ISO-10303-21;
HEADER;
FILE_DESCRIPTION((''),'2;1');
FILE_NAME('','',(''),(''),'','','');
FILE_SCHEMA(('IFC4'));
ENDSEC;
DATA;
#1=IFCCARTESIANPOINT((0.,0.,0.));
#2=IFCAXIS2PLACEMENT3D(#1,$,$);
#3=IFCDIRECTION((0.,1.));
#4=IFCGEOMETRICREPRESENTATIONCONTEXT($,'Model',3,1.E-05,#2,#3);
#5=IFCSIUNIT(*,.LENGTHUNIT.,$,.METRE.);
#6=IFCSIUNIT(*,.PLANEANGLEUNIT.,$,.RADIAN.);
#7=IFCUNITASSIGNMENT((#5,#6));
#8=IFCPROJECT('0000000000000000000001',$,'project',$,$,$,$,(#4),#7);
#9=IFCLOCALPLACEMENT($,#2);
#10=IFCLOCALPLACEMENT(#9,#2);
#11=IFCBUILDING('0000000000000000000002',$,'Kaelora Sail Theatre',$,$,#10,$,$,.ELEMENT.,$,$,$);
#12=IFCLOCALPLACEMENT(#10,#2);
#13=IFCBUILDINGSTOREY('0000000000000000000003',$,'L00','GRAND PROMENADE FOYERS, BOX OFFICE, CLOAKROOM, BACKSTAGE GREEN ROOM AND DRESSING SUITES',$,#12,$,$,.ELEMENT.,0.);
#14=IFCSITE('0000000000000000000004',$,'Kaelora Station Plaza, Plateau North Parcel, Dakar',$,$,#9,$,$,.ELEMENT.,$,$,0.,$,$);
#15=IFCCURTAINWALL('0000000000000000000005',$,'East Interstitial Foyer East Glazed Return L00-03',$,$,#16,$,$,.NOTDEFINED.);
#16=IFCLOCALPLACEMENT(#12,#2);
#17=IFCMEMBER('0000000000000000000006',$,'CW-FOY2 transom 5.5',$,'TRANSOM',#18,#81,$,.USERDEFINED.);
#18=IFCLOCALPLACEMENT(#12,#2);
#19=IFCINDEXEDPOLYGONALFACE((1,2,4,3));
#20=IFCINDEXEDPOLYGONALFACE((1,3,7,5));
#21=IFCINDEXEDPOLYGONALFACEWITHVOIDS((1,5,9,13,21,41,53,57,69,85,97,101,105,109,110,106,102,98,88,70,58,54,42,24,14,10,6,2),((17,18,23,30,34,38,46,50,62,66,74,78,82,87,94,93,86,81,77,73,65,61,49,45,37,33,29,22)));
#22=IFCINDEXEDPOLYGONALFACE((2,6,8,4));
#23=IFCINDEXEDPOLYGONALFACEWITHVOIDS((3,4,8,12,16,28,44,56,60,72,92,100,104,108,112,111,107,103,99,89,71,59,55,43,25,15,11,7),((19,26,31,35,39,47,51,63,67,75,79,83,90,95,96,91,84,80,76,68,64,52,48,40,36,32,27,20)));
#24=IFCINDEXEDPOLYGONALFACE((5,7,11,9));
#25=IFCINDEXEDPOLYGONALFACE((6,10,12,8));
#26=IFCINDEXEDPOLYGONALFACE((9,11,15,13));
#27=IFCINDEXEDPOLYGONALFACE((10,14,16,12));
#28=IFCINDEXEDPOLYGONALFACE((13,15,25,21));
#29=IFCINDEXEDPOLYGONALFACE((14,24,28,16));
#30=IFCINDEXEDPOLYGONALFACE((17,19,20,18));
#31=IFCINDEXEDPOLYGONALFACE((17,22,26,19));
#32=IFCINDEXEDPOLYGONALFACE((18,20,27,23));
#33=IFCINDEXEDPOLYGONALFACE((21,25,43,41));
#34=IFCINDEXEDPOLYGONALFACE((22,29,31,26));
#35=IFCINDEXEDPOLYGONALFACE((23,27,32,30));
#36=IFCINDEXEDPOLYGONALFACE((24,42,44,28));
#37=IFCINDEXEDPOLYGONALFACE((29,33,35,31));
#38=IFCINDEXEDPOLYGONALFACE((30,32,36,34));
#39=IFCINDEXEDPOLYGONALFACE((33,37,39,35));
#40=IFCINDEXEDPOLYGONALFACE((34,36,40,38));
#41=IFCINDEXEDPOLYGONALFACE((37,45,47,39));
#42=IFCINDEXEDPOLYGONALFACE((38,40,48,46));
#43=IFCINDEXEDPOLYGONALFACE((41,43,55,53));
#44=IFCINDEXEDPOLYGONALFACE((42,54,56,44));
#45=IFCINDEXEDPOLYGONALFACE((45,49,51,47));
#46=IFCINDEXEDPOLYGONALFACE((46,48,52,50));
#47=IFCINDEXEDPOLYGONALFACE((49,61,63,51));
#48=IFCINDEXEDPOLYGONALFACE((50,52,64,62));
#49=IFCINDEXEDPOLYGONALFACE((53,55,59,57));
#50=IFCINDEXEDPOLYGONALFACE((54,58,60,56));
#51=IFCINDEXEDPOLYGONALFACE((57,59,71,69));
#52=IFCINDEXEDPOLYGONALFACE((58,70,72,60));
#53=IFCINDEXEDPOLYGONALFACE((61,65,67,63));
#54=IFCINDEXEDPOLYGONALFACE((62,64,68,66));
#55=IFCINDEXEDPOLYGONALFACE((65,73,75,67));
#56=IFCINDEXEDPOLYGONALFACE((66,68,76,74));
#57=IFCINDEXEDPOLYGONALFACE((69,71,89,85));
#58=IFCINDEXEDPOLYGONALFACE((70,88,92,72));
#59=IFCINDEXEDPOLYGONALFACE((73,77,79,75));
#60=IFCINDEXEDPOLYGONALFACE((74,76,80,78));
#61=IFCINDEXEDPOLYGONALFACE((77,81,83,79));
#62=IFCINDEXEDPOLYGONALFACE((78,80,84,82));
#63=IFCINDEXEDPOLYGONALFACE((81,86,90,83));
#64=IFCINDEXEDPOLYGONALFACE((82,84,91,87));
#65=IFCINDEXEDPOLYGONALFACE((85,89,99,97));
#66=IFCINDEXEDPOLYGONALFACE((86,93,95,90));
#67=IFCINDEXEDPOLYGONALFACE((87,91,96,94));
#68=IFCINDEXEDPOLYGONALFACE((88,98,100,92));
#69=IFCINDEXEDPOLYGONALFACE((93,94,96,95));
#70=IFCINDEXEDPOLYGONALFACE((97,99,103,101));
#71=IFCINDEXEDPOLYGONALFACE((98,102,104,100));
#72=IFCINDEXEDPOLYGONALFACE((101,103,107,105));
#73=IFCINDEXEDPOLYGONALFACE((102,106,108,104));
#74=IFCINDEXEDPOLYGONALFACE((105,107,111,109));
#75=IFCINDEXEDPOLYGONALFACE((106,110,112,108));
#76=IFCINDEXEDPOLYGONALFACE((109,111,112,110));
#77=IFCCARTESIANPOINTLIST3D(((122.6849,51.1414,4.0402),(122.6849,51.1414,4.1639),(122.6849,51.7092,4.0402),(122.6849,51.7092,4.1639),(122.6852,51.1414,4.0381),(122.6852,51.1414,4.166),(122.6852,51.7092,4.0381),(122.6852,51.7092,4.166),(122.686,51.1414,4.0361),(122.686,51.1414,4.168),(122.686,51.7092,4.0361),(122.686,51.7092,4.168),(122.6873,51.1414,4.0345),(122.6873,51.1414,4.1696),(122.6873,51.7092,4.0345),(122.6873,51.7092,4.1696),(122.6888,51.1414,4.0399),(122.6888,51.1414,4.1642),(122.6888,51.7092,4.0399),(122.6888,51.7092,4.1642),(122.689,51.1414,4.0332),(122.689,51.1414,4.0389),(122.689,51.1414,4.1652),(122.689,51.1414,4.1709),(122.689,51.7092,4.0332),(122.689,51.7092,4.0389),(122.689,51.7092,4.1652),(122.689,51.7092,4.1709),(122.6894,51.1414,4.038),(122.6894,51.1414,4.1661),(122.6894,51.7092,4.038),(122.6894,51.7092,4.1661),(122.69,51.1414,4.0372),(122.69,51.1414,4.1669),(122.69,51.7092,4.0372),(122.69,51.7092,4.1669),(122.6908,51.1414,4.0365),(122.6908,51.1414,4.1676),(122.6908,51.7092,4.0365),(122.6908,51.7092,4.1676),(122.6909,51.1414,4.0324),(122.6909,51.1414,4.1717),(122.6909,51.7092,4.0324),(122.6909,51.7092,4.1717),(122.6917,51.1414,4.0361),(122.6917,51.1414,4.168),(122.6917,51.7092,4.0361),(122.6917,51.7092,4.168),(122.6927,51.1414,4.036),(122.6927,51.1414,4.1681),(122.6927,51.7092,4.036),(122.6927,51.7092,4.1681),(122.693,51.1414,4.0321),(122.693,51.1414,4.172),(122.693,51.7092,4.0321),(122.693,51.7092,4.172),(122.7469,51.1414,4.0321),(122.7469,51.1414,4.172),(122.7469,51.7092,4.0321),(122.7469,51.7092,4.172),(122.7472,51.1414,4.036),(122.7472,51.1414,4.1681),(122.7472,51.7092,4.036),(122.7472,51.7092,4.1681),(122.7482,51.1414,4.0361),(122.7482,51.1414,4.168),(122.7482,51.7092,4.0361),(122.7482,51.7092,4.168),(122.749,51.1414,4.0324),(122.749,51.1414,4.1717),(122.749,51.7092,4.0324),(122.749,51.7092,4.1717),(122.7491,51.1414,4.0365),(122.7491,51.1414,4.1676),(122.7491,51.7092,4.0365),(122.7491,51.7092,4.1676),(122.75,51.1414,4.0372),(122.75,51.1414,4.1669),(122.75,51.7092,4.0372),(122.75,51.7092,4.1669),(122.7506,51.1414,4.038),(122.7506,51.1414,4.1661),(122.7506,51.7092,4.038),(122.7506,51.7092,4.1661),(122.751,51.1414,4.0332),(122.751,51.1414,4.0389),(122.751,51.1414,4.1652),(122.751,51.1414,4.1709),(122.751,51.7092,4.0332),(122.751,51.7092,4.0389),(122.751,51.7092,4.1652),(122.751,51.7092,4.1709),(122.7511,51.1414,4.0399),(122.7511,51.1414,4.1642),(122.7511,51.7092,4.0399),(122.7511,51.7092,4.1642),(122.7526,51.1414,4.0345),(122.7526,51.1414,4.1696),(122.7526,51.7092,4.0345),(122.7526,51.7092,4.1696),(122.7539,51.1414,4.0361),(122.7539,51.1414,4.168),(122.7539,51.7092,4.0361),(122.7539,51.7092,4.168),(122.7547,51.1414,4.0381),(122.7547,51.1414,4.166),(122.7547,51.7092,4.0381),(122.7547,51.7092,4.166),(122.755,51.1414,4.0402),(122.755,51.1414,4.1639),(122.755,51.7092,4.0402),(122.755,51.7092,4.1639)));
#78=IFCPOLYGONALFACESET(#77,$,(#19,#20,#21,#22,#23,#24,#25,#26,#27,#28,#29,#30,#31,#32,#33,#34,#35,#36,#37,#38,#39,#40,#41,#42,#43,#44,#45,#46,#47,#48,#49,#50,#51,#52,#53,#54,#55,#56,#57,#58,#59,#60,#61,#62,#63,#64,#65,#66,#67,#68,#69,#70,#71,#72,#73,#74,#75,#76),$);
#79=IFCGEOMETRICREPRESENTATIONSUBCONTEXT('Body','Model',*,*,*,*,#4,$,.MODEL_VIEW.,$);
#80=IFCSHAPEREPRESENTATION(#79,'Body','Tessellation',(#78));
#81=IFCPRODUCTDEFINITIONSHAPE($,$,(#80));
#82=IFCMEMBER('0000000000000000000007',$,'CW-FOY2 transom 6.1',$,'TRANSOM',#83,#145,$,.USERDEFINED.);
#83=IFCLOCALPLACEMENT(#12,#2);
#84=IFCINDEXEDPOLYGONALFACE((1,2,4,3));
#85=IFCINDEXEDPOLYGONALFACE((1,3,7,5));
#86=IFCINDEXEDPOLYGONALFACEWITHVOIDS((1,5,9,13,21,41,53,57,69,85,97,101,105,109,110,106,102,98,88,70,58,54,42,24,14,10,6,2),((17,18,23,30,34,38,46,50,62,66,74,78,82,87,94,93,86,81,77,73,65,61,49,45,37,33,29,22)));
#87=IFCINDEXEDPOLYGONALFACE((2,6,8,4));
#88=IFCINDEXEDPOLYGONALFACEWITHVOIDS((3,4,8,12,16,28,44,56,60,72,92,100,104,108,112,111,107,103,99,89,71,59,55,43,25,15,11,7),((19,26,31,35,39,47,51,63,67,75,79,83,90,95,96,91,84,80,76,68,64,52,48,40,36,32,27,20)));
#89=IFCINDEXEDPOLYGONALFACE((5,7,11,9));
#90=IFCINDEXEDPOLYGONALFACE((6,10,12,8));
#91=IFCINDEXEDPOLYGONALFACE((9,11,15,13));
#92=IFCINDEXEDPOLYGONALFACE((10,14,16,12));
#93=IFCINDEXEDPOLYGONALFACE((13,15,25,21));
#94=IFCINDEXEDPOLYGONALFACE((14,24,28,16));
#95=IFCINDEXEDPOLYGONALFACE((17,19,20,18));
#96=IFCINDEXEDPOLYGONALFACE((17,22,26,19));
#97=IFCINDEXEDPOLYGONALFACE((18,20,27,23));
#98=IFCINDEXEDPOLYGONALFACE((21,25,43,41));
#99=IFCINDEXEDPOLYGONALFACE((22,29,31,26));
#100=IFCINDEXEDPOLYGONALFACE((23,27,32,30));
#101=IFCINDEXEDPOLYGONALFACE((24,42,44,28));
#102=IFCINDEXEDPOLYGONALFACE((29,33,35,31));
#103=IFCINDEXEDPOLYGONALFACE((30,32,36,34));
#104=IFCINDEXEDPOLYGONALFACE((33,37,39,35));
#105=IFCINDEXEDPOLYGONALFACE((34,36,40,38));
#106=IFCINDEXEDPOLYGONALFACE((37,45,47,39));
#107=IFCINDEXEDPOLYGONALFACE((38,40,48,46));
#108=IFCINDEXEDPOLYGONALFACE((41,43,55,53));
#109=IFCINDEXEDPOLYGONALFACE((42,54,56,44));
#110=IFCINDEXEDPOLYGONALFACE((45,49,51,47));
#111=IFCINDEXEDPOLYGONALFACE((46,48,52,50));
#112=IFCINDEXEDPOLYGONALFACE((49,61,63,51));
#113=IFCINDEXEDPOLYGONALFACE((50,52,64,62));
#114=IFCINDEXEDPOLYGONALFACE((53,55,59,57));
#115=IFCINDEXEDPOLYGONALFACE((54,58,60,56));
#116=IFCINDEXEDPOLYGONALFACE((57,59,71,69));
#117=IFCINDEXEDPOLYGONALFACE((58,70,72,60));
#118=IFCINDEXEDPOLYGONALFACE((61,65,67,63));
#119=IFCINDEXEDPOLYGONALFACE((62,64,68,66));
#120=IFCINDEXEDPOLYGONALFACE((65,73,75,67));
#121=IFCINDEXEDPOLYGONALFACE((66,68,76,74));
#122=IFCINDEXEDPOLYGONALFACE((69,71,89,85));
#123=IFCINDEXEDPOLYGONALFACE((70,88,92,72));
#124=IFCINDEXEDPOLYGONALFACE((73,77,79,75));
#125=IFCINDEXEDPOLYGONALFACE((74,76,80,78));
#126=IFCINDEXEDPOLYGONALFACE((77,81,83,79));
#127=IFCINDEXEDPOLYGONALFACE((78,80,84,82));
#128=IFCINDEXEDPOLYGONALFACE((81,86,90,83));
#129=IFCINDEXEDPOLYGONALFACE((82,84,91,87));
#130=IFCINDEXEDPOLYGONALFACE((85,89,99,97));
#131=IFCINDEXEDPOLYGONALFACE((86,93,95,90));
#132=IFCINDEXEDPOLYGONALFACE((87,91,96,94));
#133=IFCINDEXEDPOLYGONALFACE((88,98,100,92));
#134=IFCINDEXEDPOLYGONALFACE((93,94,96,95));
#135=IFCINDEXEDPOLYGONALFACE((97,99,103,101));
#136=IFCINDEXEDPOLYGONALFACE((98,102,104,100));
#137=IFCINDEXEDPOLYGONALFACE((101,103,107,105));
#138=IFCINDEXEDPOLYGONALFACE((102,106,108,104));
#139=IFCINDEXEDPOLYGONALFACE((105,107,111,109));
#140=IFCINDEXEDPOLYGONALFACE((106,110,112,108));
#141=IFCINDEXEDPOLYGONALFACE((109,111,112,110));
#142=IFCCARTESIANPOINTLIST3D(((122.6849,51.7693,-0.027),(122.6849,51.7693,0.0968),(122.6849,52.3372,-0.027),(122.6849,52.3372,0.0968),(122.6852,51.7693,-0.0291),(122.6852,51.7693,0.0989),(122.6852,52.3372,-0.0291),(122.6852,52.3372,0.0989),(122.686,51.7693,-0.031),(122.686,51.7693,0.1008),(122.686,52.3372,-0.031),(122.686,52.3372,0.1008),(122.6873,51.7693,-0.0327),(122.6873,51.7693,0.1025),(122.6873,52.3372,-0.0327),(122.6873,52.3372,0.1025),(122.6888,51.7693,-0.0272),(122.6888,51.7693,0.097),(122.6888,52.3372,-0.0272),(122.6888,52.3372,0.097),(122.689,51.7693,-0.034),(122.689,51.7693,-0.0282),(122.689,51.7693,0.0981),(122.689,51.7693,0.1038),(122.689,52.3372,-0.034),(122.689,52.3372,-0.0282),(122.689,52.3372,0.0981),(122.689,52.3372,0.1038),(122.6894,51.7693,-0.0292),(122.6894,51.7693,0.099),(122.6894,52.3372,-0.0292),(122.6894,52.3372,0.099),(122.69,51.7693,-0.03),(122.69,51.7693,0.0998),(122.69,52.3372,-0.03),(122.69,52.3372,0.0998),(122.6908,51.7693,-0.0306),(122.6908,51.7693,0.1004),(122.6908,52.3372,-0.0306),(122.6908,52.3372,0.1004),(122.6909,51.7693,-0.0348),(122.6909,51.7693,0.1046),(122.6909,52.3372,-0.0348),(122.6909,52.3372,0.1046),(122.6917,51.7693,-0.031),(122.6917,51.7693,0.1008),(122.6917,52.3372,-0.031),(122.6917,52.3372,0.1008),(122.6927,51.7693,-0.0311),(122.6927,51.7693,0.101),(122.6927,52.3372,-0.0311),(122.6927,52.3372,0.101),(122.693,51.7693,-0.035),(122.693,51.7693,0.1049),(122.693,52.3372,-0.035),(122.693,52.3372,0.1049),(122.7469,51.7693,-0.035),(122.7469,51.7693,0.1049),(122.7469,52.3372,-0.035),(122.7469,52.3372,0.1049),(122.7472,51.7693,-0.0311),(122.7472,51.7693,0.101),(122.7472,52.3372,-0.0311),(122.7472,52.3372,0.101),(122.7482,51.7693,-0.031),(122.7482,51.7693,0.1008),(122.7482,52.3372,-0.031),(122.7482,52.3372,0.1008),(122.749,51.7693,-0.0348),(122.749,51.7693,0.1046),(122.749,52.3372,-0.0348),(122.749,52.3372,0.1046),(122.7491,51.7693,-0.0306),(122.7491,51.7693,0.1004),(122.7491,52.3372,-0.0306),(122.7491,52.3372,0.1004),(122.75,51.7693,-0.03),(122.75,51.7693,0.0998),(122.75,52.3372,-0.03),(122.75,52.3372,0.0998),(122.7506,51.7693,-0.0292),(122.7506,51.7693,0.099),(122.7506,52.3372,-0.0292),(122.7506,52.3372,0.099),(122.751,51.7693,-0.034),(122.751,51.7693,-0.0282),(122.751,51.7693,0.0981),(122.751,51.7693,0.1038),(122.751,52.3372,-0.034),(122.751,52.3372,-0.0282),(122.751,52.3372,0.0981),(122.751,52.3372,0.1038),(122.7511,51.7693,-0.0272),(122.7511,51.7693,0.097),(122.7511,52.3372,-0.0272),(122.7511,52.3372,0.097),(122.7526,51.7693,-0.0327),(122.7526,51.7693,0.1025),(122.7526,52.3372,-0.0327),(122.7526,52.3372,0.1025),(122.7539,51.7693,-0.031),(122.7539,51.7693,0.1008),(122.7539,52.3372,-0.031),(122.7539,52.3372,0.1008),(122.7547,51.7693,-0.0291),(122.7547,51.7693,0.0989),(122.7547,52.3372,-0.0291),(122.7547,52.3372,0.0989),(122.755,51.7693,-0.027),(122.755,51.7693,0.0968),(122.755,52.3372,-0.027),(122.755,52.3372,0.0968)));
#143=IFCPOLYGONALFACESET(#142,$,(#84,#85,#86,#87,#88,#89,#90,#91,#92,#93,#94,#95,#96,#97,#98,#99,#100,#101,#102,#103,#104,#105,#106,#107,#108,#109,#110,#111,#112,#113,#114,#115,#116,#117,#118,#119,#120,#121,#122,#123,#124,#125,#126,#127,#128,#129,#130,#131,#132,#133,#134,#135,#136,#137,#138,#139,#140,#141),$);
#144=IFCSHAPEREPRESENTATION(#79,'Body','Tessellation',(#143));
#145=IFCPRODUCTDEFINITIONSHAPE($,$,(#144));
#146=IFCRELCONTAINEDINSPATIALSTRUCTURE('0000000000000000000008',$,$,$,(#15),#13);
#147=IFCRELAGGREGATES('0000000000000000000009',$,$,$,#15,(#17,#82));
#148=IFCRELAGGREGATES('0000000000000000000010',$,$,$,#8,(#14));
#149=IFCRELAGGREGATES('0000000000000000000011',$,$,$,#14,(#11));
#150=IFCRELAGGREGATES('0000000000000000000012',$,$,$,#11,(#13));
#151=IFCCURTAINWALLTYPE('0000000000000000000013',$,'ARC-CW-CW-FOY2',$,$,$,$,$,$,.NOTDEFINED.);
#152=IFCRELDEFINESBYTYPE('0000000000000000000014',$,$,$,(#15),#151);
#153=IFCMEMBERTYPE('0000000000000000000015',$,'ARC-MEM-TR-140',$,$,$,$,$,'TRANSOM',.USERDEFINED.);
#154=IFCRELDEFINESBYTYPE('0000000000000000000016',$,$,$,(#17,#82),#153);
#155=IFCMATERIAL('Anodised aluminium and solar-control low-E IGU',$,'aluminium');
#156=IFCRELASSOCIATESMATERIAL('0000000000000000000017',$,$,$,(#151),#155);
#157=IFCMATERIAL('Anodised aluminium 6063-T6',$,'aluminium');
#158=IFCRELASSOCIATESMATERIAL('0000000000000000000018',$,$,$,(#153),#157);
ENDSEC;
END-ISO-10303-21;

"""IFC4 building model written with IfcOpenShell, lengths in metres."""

from ifc_helpers import new_model, si_unit, direction, frame, origin, origin_2d, place, context, subcontext, project, spatial, hollow_rectangle, extrude, material, material_profile, profile_set, type_object, element, aggregate, save


model = new_model("IFC4")

# Units and contexts
model_context = context("Model", 3, precision=1e-05, world=origin(), true_north=direction((0.0, 1.0)))
body_context = subcontext(model_context, "Body", "Model", "MODEL_VIEW")
ifc_project = project(units=[si_unit("LENGTHUNIT", "METRE"), si_unit("PLANEANGLEUNIT", "RADIAN")], contexts=[model_context])

# Site, building, storey
site_placement = place(None, origin())
site = spatial("IfcSite", under=ifc_project, at=site_placement, Name="Kaelora Station Plaza, Plateau North Parcel, Dakar", CompositionType="ELEMENT", RefElevation=0.0)
building_placement = place(site_placement, origin())
building = spatial("IfcBuilding", under=site, at=building_placement, Name="Kaelora Sail Theatre", CompositionType="ELEMENT")
storey_placement = place(building_placement, origin())
storey = spatial("IfcBuildingStorey", under=building, at=storey_placement, Name="L00", Description="GRAND PROMENADE FOYERS, BOX OFFICE, CLOAKROOM, BACKSTAGE GREEN ROOM AND DRESSING SUITES", CompositionType="ELEMENT", Elevation=0.0)

# Curtain wall, members
ifc_material_1 = material(Name="Anodised aluminium and solar-control low-E IGU", Category="aluminium")
curtain_wall_type = type_object("IfcCurtainWallType", Name="ARC-CW-CW-FOY2", PredefinedType="NOTDEFINED", material=ifc_material_1)
curtain_wall_placement = place(storey_placement, origin())
curtain_wall = element("IfcCurtainWall", 1, at=curtain_wall_placement, inside=storey, type_object=curtain_wall_type, Name="East Interstitial Foyer East Glazed Return L00-03", PredefinedType="NOTDEFINED")
ifc_material_2 = material(Name="Anodised aluminium 6063-T6", Category="aluminium")
ifc_material_profile_1 = material_profile(ifc_material_2, hollow_rectangle(XDim=0.0701, YDim=0.1399, WallThickness=0.0039, InnerFilletRadius=0.0039, OuterFilletRadius=0.0081, at=origin_2d()), Name="ALU-TRAN 70x140x4")
ifc_profile_set_1 = profile_set([ifc_material_profile_1], Name="Anodised aluminium 6063-T6")
member_type_1 = type_object("IfcMemberType", Name="ARC-MEM-TR-140", ElementType="TRANSOM", PredefinedType="USERDEFINED", material=ifc_profile_set_1)
member_1_placement = place(storey_placement, frame((122.72, 51.1414, 4.1021), z_axis=(0.0, 1.0, 0.0), x_axis=(-1.0, 0.0, 0.0)))
member_1 = element("IfcMember", 2, at=member_1_placement, type_object=member_type_1, Name="CW-FOY2 transom 5.5", ObjectType="TRANSOM", PredefinedType="USERDEFINED", context=body_context, shape_type="SweptSolid", body=[
    extrude(hollow_rectangle(XDim=0.0701, YDim=0.1399, WallThickness=0.0039, InnerFilletRadius=0.0039, OuterFilletRadius=0.0081, at=origin_2d()), origin(), (0.0, 0.0, 1.0), 0.5679),
])
member_2_placement = place(storey_placement, frame((122.72, 51.7693, 0.0349), z_axis=(0.0, 1.0, 0.0), x_axis=(-1.0, 0.0, 0.0)))
member_2 = element("IfcMember", 3, at=member_2_placement, type_object=member_type_1, Name="CW-FOY2 transom 6.1", ObjectType="TRANSOM", PredefinedType="USERDEFINED", context=body_context, shape_type="SweptSolid", body=[
    extrude(hollow_rectangle(XDim=0.0701, YDim=0.1399, WallThickness=0.0039, InnerFilletRadius=0.0039, OuterFilletRadius=0.0081, at=origin_2d()), origin(), (0.0, 0.0, 1.0), 0.5679),
])
aggregate(curtain_wall, [member_1, member_2])

save(model, "model.ifc")
